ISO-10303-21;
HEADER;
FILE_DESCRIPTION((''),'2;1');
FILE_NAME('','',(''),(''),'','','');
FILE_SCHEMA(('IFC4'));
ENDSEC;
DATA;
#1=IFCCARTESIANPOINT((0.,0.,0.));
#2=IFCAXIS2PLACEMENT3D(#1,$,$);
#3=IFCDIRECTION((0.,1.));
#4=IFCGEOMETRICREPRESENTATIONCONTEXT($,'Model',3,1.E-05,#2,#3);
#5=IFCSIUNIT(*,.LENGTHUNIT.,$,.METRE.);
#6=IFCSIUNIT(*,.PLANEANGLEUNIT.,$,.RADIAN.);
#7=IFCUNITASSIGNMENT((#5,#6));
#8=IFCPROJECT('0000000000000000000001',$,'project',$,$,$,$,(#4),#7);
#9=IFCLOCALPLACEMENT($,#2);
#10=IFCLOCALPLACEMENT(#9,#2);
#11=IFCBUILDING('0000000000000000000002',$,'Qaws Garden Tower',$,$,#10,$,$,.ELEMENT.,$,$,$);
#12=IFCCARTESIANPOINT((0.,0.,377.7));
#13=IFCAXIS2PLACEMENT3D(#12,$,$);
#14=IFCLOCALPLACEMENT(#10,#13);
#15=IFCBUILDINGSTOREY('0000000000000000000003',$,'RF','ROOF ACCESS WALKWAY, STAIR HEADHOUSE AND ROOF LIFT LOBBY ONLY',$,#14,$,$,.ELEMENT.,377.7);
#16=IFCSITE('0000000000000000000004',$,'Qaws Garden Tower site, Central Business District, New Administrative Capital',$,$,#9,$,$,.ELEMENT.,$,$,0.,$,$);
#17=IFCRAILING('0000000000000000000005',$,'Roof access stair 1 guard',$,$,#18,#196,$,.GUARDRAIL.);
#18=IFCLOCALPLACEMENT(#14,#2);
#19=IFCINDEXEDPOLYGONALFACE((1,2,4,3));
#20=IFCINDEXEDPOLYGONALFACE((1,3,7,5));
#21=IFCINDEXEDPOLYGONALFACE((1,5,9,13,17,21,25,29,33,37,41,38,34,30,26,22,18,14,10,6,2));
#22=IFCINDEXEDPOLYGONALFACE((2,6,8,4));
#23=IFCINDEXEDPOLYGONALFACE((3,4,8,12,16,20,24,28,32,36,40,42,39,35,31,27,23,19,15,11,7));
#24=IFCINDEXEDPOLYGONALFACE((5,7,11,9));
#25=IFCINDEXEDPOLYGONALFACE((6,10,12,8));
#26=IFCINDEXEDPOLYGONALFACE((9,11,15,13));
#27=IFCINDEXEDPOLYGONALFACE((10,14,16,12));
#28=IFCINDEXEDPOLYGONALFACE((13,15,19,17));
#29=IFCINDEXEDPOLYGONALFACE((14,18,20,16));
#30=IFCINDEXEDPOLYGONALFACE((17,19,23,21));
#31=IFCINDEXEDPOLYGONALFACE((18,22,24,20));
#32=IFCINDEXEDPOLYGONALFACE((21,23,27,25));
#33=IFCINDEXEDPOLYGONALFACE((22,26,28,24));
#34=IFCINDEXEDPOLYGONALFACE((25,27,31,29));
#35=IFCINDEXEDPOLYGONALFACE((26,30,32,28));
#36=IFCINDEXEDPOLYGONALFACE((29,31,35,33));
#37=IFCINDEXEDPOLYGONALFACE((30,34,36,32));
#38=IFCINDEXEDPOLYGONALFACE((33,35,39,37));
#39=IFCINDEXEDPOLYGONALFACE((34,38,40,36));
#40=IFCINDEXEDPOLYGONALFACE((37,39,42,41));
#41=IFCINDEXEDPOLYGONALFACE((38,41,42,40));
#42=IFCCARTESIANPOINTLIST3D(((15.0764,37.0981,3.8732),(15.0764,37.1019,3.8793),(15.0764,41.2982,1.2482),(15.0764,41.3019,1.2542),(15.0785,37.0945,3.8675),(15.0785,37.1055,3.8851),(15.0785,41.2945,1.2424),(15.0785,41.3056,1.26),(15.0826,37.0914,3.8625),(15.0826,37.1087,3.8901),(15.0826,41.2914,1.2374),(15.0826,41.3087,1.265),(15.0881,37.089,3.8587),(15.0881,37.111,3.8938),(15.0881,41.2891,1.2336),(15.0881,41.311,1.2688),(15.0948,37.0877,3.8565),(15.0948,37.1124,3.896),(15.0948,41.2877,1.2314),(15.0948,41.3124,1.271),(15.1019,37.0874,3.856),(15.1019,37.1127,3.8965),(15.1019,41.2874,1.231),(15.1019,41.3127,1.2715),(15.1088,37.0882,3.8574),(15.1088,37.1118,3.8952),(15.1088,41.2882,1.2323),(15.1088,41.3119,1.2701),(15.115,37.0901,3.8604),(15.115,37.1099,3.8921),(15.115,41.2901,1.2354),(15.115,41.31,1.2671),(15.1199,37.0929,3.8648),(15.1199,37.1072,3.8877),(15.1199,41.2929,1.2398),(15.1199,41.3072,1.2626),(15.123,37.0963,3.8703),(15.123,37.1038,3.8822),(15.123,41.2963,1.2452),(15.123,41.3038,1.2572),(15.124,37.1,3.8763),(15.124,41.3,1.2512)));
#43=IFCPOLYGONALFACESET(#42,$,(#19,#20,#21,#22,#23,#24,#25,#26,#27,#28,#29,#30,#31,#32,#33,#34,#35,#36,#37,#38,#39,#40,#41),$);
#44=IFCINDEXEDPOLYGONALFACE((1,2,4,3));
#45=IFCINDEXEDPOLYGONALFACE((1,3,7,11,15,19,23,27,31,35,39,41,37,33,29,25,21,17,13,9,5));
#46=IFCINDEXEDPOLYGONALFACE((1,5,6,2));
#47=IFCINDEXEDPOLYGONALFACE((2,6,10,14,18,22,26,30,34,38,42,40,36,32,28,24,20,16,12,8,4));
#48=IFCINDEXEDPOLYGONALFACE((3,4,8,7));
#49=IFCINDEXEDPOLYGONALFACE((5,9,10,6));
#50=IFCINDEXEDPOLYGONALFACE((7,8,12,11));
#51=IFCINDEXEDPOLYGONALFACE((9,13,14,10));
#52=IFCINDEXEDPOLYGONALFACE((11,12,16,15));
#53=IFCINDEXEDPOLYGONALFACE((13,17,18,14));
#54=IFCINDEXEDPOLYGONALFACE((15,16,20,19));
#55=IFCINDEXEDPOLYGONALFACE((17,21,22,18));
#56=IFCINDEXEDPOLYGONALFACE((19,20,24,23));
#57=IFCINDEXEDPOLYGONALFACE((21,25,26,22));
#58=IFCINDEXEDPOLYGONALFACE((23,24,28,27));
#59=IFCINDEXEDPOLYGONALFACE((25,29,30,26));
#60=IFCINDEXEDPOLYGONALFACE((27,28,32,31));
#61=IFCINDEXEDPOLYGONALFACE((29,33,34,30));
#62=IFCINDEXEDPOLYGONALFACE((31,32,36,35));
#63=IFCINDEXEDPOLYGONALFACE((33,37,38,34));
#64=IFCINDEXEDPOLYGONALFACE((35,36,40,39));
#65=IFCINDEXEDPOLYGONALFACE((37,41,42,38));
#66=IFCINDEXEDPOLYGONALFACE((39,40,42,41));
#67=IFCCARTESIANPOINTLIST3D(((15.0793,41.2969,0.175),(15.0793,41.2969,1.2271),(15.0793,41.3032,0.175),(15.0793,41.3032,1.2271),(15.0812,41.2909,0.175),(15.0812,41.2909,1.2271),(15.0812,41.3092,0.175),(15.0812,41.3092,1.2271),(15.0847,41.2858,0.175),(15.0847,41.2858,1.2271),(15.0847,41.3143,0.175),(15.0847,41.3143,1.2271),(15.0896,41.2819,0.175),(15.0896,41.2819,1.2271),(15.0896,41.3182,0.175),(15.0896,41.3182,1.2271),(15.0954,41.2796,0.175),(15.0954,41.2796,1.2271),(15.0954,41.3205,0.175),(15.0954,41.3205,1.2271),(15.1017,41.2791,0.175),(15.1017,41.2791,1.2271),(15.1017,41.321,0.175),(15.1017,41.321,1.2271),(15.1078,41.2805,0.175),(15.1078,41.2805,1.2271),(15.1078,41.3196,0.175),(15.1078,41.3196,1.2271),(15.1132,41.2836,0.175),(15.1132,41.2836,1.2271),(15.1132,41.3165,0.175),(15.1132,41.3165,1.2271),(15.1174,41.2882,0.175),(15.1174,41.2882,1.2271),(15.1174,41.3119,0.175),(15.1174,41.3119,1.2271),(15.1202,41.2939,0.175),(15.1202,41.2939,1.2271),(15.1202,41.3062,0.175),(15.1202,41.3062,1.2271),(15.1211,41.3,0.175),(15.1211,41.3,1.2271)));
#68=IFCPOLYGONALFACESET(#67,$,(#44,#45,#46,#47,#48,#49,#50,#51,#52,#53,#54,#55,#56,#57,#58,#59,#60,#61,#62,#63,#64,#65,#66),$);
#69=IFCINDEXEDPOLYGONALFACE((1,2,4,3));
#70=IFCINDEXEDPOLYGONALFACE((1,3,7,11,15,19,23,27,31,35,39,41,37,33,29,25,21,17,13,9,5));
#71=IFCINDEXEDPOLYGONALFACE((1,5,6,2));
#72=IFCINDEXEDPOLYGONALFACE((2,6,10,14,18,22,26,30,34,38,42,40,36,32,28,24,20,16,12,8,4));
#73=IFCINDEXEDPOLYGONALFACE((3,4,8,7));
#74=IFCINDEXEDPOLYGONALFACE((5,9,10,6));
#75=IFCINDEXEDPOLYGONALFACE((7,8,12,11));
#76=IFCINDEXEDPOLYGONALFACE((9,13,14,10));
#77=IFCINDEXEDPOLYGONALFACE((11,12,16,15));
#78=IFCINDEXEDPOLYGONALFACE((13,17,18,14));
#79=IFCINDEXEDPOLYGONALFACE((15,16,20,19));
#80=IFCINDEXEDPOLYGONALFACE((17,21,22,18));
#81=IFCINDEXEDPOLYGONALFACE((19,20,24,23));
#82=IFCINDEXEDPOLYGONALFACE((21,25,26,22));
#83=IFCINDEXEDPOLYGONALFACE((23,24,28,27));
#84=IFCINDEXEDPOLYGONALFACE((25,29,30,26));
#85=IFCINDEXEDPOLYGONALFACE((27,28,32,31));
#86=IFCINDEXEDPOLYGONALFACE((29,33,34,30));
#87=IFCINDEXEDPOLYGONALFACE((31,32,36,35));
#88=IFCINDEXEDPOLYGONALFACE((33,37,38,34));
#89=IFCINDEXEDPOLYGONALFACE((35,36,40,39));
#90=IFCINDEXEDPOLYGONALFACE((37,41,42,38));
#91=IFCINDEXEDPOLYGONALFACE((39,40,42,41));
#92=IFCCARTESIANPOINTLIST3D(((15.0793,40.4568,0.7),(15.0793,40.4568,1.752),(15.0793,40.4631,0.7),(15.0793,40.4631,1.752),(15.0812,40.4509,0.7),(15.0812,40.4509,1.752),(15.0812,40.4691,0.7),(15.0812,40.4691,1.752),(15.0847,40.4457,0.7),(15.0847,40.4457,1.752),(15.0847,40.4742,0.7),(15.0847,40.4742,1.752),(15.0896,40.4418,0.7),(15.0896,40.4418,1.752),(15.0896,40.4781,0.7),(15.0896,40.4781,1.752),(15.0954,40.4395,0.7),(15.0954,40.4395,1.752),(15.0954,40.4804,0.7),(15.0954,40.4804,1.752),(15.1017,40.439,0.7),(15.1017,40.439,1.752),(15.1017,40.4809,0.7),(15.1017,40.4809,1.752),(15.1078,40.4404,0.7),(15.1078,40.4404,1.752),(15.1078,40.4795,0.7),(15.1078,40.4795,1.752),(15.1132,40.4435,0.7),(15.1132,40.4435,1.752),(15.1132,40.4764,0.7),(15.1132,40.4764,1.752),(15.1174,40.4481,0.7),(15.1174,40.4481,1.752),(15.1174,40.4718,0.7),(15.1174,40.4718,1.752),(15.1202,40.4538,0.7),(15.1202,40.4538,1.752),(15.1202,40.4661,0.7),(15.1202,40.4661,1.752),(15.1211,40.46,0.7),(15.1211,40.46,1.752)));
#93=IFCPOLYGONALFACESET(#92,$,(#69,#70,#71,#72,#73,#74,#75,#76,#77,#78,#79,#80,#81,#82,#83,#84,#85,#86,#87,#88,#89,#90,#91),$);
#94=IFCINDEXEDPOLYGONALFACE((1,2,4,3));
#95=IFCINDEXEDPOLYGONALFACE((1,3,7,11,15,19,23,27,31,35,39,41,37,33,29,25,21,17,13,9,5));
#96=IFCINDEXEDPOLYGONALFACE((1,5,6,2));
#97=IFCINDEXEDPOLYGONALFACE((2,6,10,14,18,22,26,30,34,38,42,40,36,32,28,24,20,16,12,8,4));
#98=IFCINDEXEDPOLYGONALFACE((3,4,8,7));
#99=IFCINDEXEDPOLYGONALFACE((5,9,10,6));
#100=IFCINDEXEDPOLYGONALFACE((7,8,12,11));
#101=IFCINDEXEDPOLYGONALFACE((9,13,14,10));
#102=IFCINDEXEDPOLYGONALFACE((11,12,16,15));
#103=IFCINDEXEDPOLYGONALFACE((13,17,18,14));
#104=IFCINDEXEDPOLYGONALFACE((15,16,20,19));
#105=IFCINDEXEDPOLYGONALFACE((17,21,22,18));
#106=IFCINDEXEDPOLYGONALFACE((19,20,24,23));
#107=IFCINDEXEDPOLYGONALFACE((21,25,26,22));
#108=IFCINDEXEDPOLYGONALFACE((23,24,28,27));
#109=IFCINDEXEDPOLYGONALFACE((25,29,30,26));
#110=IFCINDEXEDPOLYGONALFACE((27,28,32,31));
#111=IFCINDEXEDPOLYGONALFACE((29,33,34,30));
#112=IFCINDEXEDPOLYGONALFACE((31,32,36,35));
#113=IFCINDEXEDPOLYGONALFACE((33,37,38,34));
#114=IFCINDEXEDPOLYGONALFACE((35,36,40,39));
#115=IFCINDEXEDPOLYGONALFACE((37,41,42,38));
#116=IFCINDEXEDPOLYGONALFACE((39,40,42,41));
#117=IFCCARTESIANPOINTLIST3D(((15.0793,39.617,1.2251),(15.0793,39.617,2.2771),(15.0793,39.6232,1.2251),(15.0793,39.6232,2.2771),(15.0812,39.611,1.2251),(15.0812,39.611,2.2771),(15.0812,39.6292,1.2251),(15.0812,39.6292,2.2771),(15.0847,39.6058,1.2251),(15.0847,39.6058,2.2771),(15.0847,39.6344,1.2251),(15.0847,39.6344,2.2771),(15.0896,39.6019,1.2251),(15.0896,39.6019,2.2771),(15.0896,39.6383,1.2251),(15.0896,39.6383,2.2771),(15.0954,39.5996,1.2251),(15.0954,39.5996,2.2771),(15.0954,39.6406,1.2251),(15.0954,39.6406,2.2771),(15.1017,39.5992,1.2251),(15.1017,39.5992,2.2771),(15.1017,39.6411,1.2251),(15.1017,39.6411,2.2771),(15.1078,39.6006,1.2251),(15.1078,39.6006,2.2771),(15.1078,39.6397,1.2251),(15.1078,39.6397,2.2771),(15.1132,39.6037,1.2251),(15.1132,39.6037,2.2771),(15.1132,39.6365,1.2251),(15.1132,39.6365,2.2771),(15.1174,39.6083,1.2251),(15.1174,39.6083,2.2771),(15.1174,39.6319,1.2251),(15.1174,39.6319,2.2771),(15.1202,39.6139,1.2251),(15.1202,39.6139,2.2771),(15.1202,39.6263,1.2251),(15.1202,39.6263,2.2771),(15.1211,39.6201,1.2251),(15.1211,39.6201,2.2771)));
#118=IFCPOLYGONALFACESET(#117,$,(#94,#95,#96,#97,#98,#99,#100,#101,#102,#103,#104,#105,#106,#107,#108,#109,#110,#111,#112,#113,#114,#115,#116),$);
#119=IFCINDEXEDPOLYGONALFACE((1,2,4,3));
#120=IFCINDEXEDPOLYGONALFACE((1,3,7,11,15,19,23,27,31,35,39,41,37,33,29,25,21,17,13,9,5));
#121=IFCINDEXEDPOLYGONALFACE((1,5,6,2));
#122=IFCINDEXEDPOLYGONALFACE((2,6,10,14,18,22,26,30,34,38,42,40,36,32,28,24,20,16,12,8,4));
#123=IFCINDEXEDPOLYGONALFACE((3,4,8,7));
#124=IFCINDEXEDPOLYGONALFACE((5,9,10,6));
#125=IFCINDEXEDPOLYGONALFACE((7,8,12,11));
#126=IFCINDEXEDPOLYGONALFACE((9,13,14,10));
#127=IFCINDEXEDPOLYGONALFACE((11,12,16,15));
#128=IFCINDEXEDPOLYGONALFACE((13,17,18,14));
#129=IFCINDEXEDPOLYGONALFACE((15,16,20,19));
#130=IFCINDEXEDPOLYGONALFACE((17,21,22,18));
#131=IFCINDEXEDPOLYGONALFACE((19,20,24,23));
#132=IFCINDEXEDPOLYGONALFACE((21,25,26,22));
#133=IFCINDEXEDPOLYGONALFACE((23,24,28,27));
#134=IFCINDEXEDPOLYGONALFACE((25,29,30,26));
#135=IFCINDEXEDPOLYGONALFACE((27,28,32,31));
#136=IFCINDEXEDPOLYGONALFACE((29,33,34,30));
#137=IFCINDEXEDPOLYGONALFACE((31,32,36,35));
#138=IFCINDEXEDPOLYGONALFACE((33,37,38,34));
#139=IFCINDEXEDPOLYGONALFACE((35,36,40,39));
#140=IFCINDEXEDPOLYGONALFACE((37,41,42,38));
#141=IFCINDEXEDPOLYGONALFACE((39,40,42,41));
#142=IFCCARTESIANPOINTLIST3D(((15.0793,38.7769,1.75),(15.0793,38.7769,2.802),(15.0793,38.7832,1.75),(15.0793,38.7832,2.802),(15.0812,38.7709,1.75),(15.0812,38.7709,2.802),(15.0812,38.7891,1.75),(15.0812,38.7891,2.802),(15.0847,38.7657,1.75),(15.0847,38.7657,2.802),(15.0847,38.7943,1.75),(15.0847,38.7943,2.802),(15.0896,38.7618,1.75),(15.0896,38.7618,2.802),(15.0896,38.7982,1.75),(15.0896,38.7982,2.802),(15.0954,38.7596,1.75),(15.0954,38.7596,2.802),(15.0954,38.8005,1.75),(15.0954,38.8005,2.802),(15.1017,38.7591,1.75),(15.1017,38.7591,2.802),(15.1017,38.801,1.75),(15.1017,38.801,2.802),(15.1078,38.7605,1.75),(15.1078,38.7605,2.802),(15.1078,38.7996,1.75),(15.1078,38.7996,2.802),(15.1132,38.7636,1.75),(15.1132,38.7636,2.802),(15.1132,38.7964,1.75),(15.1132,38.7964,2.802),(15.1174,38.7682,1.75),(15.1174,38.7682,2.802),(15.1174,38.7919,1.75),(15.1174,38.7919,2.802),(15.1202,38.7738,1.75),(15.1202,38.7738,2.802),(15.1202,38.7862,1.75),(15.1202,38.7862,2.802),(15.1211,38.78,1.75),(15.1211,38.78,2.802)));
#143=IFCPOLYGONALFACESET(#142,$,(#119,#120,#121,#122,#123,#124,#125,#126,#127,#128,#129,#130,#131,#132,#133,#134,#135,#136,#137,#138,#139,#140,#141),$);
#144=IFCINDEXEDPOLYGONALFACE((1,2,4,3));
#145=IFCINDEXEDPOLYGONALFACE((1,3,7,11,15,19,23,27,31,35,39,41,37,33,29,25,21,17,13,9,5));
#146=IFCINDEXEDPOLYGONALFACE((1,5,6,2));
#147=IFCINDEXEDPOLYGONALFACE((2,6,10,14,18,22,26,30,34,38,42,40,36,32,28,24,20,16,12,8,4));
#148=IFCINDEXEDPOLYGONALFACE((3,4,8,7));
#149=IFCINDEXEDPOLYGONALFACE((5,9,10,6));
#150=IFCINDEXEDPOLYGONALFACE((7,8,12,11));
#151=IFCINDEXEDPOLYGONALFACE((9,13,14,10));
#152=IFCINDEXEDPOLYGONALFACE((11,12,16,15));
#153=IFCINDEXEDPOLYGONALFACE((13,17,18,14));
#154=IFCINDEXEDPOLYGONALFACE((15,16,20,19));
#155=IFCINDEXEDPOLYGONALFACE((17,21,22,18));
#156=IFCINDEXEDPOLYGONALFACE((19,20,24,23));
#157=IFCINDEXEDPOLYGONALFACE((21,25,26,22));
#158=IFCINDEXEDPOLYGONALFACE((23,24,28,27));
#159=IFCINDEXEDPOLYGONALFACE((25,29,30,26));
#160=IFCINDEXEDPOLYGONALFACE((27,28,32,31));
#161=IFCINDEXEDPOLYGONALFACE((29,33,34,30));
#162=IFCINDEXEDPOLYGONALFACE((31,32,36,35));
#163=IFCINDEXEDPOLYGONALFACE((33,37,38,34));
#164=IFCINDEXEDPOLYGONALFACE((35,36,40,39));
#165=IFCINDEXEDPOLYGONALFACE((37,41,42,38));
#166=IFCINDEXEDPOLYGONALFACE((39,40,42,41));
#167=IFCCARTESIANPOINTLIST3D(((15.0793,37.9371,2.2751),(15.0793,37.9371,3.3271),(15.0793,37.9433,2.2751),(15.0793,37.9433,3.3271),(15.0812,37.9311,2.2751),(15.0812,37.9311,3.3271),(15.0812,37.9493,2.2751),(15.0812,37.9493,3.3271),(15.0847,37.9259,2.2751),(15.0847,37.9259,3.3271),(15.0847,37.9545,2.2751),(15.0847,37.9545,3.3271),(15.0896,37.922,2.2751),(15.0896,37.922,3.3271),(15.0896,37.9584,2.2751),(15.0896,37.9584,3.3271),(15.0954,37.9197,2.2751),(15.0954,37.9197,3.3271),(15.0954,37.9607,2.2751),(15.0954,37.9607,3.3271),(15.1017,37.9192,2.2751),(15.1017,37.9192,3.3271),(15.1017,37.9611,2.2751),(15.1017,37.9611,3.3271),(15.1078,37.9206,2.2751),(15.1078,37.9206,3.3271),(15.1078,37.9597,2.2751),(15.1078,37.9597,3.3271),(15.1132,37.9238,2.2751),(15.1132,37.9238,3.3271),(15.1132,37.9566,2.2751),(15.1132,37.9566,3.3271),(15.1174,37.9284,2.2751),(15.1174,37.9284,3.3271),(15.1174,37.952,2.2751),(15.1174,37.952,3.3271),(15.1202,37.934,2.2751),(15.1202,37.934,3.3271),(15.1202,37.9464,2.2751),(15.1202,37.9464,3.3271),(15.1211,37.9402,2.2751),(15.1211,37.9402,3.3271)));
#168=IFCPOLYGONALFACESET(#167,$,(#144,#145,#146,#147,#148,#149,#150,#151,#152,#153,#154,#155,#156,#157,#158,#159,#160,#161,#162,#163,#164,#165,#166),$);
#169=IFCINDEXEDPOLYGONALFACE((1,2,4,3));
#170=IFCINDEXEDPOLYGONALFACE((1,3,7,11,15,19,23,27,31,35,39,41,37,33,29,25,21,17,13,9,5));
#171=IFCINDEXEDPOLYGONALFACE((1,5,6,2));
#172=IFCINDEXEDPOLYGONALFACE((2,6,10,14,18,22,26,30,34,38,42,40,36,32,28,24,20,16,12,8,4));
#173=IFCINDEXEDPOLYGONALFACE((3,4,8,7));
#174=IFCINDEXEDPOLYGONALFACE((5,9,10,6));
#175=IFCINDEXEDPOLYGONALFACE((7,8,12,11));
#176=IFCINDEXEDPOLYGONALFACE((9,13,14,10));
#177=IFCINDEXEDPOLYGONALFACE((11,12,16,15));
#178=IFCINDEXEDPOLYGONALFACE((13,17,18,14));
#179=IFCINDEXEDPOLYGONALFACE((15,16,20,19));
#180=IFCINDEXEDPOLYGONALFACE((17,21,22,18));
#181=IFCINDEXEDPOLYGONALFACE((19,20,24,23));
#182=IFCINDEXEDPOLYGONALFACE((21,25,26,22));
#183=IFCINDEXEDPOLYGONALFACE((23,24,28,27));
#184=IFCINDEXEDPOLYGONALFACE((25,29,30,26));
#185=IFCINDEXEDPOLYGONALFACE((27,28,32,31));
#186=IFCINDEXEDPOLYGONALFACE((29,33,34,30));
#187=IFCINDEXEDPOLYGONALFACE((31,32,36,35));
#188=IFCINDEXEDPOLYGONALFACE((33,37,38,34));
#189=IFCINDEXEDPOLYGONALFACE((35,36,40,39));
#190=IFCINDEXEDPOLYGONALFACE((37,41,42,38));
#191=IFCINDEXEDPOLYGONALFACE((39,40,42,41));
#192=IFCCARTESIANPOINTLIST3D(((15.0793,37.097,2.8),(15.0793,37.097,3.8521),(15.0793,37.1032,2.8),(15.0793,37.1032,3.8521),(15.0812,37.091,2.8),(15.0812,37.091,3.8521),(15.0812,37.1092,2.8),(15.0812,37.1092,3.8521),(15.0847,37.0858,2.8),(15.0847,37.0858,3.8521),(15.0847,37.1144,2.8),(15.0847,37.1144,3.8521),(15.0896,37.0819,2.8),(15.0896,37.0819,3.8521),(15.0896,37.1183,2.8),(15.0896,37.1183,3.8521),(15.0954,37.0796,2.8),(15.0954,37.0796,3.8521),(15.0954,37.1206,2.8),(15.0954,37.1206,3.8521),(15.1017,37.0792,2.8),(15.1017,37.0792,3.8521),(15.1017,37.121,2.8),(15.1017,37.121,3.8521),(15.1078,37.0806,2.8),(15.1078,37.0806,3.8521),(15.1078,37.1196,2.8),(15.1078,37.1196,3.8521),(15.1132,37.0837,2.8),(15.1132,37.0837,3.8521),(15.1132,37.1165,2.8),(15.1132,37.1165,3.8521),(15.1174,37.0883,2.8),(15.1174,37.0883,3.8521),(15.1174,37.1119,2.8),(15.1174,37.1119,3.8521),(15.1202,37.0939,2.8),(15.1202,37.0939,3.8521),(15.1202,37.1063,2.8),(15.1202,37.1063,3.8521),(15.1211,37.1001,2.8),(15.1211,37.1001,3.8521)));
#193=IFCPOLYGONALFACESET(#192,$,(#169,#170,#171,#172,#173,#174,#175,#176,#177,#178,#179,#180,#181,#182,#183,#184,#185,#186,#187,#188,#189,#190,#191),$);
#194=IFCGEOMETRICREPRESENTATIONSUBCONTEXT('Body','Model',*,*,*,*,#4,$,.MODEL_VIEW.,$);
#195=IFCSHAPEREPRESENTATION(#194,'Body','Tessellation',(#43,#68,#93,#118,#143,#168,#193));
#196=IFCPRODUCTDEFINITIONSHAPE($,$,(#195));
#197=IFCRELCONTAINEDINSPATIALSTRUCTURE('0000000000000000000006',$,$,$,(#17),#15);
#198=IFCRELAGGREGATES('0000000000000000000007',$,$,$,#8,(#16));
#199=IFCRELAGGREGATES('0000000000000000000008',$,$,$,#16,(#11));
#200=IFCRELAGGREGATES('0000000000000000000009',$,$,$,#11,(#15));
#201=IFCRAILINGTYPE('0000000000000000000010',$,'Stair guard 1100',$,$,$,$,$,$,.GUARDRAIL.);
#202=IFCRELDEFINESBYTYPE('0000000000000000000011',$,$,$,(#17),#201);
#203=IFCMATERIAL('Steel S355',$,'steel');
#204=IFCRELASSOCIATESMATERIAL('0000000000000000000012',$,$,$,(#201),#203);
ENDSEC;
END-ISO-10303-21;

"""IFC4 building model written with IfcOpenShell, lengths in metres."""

from ifc_helpers import new_model, si_unit, direction, frame, origin, origin_2d, place, context, subcontext, project, spatial, circle, extrude, material, type_object, element, save


model = new_model("IFC4")

# Units and contexts
model_context = context("Model", 3, precision=1e-05, world=origin(), true_north=direction((0.0, 1.0)))
body_context = subcontext(model_context, "Body", "Model", "MODEL_VIEW")
ifc_project = project(units=[si_unit("LENGTHUNIT", "METRE"), si_unit("PLANEANGLEUNIT", "RADIAN")], contexts=[model_context])

# Site, building, storey
site_placement = place(None, origin())
site = spatial("IfcSite", under=ifc_project, at=site_placement, Name="Qaws Garden Tower site, Central Business District, New Administrative Capital", CompositionType="ELEMENT", RefElevation=0.0)
building_placement = place(site_placement, origin())
building = spatial("IfcBuilding", under=site, at=building_placement, Name="Qaws Garden Tower", CompositionType="ELEMENT")
storey_placement = place(building_placement, frame((0.0, 0.0, 377.7)))
storey = spatial("IfcBuildingStorey", under=building, at=storey_placement, Name="RF", Description="ROOF ACCESS WALKWAY, STAIR HEADHOUSE AND ROOF LIFT LOBBY ONLY", CompositionType="ELEMENT", Elevation=377.7)

# Railing
ifc_material_1 = material(Name="Steel S355", Category="steel")
railing_type_1 = type_object("IfcRailingType", Name="Stair guard 1100", PredefinedType="GUARDRAIL", material=ifc_material_1)
for number, where, name in (
    (1, (15.1001, 41.3, 0.175), "Roof access stair 1 guard"),
):
    element("IfcRailing", number, at=place(storey_placement, frame(where)), inside=storey, type_object=railing_type_1, Name=name, PredefinedType="GUARDRAIL", context=body_context, shape_type="SweptSolid", body=[
        extrude(circle(Radius=0.0239, at=origin_2d()), frame((0.0, 0.0, 1.0762), z_axis=(0.0, -0.847996, 0.530003), x_axis=(1.0, 0.0, 0.0)), (0.0, 0.0, 1.0), 4.9529),
        extrude(circle(Radius=0.021, at=origin_2d()), origin(), (0.0, 0.0, 1.0), 1.052),
        extrude(circle(Radius=0.021, at=origin_2d()), frame((0.0, -0.8401, 0.5249)), (0.0, 0.0, 1.0), 1.052),
        extrude(circle(Radius=0.021, at=origin_2d()), frame((0.0, -1.6799, 1.05)), (0.0, 0.0, 1.0), 1.052),
        extrude(circle(Radius=0.021, at=origin_2d()), frame((0.0, -2.52, 1.575)), (0.0, 0.0, 1.0), 1.052),
        extrude(circle(Radius=0.021, at=origin_2d()), frame((0.0, -3.3599, 2.1001)), (0.0, 0.0, 1.0), 1.052),
        extrude(circle(Radius=0.021, at=origin_2d()), frame((0.0, -4.2, 2.625)), (0.0, 0.0, 1.0), 1.052),
    ])

save(model, "model.ifc")
